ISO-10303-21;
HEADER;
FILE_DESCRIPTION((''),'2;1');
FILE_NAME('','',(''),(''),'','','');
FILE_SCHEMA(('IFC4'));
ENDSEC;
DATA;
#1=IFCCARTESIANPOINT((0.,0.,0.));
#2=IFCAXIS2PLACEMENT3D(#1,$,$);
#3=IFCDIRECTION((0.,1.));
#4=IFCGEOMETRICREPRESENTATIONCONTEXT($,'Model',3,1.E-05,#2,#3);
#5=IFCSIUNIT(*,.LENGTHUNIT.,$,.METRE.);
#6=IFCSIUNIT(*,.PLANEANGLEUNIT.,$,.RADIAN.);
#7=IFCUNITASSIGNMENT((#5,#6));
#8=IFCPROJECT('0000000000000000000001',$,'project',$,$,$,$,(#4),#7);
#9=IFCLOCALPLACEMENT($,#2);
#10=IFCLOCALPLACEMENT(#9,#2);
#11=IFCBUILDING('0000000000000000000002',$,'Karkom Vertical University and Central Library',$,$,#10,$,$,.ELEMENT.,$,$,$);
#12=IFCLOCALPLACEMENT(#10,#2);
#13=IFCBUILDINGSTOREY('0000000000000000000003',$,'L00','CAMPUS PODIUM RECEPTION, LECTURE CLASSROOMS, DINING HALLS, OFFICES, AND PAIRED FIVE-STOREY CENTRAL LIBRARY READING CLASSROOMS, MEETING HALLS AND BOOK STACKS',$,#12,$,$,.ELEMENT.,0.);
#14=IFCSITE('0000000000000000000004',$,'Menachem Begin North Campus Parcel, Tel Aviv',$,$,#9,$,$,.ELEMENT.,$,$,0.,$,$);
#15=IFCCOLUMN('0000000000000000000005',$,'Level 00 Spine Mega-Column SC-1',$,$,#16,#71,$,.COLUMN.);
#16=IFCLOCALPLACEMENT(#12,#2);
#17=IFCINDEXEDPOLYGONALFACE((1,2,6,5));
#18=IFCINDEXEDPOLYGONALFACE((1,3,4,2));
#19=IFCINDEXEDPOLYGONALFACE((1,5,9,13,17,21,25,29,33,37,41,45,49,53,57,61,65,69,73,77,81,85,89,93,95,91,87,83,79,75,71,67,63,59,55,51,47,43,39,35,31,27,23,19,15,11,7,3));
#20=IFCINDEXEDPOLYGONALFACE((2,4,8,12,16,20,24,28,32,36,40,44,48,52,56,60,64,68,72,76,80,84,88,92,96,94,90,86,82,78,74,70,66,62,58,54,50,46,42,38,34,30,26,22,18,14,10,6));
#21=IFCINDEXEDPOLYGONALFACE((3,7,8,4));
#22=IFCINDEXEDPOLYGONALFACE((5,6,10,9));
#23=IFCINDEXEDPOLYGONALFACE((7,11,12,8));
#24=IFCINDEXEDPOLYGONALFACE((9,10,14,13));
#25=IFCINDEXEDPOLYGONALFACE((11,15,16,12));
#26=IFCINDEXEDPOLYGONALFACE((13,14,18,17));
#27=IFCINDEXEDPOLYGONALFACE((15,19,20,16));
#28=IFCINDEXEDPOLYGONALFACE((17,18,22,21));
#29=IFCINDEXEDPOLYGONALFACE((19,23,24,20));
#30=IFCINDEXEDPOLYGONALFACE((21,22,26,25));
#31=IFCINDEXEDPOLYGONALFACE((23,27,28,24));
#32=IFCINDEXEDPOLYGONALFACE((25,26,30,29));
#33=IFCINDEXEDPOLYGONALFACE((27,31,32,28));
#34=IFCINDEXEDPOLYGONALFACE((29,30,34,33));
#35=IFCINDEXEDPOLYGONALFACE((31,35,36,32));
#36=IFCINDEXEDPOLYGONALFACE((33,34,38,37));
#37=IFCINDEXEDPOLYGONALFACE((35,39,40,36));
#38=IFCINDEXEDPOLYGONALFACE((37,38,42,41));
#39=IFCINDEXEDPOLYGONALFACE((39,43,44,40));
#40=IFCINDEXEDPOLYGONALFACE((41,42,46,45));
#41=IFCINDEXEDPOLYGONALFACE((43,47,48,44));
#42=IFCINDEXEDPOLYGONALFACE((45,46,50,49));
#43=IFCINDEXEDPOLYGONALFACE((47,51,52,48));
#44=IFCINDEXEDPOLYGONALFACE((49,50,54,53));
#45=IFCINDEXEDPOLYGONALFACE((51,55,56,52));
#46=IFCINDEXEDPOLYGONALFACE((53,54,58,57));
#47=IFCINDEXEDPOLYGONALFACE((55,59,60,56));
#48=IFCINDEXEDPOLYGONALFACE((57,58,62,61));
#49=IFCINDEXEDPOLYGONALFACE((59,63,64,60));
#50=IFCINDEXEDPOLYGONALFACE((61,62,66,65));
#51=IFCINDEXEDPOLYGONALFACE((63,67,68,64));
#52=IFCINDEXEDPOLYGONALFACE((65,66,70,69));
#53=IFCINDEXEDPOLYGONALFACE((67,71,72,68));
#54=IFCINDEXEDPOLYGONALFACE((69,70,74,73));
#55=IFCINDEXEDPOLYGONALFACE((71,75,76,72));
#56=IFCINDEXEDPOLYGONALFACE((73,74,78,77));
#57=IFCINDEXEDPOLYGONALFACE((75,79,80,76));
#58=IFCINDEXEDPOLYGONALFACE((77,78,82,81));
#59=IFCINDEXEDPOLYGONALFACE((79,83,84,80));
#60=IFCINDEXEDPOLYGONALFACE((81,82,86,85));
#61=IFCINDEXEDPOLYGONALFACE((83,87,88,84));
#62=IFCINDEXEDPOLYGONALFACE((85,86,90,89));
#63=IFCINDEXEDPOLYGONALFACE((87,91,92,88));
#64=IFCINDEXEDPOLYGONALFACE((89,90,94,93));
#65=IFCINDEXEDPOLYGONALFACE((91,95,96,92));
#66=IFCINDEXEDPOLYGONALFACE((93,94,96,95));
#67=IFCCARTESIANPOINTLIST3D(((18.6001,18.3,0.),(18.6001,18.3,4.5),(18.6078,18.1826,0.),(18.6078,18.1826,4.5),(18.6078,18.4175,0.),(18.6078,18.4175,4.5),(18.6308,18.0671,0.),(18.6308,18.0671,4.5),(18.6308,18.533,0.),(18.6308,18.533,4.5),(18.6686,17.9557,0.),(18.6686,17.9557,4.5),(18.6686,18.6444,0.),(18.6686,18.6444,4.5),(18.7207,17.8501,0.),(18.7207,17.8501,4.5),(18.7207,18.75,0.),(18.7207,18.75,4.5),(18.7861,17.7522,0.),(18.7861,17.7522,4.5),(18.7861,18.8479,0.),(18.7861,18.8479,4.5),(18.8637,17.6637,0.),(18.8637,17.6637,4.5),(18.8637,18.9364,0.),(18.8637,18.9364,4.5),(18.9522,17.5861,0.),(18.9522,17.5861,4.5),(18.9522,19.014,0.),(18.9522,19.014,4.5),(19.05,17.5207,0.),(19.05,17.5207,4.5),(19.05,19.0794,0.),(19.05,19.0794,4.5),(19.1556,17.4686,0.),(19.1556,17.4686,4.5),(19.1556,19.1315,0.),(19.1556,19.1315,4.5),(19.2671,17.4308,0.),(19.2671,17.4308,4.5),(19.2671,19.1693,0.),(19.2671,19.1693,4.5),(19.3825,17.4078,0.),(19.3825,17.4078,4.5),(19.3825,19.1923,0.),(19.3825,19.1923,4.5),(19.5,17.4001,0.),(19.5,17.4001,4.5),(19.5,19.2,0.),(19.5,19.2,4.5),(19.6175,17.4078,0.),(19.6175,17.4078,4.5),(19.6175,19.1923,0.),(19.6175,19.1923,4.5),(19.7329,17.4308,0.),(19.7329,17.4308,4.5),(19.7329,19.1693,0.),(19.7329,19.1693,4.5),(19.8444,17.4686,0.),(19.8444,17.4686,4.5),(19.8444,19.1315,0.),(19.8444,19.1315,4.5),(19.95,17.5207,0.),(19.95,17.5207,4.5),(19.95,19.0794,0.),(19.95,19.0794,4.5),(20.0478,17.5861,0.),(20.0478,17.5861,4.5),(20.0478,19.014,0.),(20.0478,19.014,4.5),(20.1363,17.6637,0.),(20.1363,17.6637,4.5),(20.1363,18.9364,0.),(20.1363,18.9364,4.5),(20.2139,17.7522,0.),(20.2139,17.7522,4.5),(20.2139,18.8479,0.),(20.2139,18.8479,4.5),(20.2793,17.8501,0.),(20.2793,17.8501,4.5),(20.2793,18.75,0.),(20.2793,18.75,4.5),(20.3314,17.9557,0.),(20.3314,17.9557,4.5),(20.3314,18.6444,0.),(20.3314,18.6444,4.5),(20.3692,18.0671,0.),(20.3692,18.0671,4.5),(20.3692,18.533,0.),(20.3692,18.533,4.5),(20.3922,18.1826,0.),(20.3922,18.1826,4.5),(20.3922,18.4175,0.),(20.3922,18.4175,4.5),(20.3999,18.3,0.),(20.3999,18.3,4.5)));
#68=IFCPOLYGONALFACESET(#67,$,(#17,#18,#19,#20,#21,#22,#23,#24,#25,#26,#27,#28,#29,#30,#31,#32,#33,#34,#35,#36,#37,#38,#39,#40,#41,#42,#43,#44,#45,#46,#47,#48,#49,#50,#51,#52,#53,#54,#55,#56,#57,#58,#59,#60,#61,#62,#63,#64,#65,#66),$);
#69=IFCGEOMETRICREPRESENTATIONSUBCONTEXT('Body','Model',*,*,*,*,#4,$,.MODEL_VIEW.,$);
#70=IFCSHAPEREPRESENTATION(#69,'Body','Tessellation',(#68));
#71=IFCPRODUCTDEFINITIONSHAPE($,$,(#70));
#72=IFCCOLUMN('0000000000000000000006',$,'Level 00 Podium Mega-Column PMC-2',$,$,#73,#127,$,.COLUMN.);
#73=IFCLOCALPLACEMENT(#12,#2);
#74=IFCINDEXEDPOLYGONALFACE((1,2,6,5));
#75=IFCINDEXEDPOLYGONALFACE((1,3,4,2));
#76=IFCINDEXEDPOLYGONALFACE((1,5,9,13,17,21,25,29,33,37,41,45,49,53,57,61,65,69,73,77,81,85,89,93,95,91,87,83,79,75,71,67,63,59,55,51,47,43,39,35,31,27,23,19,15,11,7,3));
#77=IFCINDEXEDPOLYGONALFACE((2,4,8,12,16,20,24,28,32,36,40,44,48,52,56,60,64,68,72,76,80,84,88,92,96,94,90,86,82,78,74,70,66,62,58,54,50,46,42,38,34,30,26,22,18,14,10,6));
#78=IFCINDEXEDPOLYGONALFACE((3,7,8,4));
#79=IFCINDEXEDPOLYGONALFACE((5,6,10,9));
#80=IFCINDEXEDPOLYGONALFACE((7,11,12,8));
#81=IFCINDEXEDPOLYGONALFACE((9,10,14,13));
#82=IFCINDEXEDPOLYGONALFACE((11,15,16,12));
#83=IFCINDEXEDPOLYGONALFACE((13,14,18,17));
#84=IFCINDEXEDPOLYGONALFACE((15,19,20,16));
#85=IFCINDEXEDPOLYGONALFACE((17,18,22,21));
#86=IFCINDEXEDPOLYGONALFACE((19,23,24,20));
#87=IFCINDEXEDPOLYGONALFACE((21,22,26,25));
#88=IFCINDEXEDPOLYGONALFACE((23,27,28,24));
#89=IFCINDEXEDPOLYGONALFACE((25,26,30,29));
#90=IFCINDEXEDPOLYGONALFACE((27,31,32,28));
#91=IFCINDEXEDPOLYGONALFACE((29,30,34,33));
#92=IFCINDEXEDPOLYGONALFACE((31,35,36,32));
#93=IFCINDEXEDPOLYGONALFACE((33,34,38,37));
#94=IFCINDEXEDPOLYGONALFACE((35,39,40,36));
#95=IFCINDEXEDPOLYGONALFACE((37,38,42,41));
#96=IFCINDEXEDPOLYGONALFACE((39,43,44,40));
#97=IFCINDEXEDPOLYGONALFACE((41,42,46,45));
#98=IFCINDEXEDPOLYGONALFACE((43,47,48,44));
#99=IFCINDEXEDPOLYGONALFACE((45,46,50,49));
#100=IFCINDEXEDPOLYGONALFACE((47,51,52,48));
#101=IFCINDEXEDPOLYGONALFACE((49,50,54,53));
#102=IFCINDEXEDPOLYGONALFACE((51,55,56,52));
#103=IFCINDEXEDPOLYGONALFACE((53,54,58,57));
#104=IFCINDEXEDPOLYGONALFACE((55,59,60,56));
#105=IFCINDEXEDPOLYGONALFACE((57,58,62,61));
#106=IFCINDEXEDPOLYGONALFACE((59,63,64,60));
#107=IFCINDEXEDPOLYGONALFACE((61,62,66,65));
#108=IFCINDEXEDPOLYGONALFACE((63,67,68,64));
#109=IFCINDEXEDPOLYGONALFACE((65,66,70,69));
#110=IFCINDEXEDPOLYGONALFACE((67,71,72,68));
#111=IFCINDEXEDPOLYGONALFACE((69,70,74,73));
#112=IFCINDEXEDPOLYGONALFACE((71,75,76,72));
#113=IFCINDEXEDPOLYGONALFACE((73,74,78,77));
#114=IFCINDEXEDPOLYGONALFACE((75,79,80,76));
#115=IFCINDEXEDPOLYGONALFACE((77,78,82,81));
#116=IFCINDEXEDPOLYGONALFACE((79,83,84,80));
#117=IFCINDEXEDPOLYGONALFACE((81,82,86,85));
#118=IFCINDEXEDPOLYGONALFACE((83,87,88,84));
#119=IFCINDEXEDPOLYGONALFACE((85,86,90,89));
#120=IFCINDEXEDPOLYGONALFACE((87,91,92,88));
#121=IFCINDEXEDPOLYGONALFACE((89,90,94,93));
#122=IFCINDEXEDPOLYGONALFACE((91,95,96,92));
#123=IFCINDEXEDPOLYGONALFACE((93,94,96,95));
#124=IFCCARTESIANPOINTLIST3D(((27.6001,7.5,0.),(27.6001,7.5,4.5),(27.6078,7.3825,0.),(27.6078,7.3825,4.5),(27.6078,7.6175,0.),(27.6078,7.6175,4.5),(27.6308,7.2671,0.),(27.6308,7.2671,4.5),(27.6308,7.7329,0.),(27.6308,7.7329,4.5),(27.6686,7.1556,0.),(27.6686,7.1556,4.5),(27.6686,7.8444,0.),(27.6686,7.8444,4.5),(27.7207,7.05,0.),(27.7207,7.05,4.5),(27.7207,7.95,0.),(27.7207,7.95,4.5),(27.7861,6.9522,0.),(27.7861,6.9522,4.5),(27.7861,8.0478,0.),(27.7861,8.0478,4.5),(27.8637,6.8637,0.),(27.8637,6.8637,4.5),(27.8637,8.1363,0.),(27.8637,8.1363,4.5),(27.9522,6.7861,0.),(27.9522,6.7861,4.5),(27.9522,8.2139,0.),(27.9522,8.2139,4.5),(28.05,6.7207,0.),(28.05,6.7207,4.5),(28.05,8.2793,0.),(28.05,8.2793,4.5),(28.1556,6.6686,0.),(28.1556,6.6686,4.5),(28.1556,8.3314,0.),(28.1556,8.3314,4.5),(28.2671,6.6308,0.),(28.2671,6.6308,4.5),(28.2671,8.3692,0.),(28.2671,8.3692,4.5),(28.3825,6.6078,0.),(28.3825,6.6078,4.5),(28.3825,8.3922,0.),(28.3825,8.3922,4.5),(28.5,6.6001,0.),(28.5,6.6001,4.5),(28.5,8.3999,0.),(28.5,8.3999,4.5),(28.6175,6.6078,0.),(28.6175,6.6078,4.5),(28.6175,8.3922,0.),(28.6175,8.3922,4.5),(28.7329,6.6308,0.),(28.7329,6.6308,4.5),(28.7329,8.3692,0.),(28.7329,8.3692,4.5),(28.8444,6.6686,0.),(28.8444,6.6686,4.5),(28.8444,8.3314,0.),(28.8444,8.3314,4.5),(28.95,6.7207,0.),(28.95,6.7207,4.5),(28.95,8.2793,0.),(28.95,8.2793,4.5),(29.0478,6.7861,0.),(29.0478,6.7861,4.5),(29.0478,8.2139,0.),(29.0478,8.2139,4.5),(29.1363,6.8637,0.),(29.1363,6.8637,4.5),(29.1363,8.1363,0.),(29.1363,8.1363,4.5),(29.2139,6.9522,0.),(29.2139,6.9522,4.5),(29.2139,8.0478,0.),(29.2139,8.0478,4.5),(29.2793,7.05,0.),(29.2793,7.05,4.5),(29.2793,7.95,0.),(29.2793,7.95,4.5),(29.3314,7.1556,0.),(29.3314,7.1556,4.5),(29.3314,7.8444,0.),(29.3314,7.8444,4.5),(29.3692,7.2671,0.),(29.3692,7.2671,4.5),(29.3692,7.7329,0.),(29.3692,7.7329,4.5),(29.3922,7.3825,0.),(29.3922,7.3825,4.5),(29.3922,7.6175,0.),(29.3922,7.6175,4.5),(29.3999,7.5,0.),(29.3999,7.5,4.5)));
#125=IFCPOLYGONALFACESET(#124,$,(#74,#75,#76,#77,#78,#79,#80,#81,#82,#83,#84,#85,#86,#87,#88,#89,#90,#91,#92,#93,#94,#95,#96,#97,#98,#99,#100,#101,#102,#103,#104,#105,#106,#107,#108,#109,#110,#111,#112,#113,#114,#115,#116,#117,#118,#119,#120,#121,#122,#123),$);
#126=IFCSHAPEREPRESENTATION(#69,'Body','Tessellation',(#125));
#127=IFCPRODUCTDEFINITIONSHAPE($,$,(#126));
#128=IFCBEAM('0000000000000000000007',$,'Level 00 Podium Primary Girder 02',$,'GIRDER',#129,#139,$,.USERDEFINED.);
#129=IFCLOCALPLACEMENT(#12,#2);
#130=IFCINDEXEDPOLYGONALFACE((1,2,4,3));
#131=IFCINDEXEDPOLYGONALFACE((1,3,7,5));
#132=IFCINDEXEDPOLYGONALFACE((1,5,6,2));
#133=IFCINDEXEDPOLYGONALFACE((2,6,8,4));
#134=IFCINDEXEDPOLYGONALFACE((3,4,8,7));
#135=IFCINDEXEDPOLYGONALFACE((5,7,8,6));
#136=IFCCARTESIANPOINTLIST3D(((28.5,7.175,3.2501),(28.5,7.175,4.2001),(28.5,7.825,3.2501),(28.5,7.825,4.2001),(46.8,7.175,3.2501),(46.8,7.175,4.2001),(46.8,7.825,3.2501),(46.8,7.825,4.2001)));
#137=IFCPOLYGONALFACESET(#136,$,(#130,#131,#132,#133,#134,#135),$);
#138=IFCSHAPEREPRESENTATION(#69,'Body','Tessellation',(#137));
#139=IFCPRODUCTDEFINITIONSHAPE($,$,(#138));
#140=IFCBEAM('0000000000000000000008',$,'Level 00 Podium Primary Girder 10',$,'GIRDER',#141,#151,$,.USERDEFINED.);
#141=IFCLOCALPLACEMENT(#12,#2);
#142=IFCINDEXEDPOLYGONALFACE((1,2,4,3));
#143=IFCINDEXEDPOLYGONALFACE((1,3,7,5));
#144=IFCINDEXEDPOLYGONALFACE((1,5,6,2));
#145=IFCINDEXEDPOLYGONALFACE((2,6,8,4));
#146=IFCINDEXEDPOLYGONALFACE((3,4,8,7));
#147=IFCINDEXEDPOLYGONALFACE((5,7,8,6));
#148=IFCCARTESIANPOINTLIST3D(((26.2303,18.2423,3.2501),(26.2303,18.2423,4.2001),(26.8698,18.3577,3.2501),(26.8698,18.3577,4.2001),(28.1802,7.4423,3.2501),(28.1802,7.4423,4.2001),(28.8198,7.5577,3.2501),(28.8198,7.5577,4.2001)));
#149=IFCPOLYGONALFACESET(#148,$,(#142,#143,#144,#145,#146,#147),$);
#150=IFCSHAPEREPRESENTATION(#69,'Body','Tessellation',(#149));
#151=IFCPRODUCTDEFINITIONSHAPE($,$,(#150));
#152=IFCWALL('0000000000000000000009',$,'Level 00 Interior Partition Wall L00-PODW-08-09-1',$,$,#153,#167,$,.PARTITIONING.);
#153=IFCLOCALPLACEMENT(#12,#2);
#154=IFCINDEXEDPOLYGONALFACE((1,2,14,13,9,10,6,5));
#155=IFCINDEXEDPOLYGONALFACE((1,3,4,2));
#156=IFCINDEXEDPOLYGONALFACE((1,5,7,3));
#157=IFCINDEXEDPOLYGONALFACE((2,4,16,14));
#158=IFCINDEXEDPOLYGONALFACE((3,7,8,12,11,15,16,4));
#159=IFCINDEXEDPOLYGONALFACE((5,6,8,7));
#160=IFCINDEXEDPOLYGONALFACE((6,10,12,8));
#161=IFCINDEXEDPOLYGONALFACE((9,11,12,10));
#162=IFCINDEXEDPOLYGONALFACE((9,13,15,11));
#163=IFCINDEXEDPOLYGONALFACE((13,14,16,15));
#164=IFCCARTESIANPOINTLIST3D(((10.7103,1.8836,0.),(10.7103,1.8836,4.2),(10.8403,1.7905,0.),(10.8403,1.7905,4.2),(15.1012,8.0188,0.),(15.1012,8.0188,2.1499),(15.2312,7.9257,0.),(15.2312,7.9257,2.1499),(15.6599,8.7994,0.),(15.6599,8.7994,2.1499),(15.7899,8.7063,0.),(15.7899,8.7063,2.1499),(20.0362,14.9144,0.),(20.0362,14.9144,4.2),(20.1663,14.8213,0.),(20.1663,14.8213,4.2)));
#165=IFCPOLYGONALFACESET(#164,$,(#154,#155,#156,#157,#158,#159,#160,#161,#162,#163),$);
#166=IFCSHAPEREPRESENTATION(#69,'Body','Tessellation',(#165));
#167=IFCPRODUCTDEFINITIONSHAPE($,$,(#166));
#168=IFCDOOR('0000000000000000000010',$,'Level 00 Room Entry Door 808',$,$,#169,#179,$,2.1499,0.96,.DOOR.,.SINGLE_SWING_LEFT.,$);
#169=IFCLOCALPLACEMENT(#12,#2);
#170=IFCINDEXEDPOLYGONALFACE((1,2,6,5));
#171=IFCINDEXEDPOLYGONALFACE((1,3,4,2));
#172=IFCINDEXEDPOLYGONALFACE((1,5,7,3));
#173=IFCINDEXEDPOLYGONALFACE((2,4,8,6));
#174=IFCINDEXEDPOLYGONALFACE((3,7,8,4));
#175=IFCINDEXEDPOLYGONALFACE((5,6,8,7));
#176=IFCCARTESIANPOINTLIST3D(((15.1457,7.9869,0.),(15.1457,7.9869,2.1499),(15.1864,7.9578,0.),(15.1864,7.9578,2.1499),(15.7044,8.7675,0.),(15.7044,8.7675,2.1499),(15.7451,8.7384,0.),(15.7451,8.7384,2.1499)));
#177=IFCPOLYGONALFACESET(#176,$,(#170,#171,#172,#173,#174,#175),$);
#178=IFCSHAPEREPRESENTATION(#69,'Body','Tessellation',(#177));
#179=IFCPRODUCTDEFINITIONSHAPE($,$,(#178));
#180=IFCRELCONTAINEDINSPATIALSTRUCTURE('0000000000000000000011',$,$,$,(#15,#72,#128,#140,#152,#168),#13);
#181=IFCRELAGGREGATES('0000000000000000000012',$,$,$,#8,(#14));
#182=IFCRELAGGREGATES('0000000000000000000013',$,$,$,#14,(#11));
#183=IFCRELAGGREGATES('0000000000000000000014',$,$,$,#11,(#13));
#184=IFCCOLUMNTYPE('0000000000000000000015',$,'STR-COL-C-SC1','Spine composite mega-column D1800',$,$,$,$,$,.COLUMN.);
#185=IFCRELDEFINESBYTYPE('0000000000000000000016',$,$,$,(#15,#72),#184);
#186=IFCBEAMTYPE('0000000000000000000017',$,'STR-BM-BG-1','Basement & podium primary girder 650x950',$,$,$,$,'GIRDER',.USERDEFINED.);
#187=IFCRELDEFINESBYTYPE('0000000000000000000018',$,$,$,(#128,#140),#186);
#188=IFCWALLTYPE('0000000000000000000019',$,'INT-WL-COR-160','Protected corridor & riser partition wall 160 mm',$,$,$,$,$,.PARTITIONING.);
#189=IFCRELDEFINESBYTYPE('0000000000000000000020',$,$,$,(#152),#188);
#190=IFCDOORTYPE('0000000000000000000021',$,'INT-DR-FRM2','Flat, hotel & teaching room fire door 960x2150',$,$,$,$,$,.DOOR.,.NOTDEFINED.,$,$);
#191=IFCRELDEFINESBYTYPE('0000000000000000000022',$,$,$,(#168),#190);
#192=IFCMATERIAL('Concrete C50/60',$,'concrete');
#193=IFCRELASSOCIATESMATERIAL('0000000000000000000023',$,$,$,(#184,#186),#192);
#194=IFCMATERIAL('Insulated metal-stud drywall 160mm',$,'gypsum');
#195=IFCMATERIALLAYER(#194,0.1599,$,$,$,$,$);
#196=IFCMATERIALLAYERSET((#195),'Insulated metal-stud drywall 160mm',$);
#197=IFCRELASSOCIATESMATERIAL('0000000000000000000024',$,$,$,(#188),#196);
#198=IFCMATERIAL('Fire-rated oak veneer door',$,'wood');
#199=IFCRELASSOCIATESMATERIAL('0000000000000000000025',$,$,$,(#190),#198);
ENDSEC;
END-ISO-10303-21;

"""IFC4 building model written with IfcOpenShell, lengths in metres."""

from ifc_helpers import new_model, si_unit, direction, frame, frame_2d, origin, origin_with_axes, origin_2d, place, context, subcontext, project, spatial, rectangle, circle, extrude, source, transform, mapped, material, layer, layer_set, material_profile, profile_set, type_object, element, fill, save


model = new_model("IFC4")

# Units and contexts
model_context = context("Model", 3, precision=1e-05, world=origin(), true_north=direction((0.0, 1.0)))
body_context = subcontext(model_context, "Body", "Model", "MODEL_VIEW")
ifc_project = project(units=[si_unit("LENGTHUNIT", "METRE"), si_unit("PLANEANGLEUNIT", "RADIAN")], contexts=[model_context])

# Site, building, storey
site_placement = place(None, origin())
site = spatial("IfcSite", under=ifc_project, at=site_placement, Name="Menachem Begin North Campus Parcel, Tel Aviv", CompositionType="ELEMENT", RefElevation=0.0)
building_placement = place(site_placement, origin())
building = spatial("IfcBuilding", under=site, at=building_placement, Name="Karkom Vertical University and Central Library", CompositionType="ELEMENT")
storey_placement = place(building_placement, origin())
storey = spatial("IfcBuildingStorey", under=building, at=storey_placement, Name="L00", Description="CAMPUS PODIUM RECEPTION, LECTURE CLASSROOMS, DINING HALLS, OFFICES, AND PAIRED FIVE-STOREY CENTRAL LIBRARY READING CLASSROOMS, MEETING HALLS AND BOOK STACKS", CompositionType="ELEMENT", Elevation=0.0)

# Columns
ifc_material_1 = material(Name="Concrete C50/60", Category="concrete")
ifc_material_profile_1 = material_profile(ifc_material_1, circle(Radius=0.8999, at=origin_2d()), Name="CFT-D1800")
ifc_profile_set_1 = profile_set([ifc_material_profile_1], Name="Concrete C50/60")
column_type = type_object("IfcColumnType", Name="STR-COL-C-SC1", Description="Spine composite mega-column D1800", PredefinedType="COLUMN", material=ifc_profile_set_1)
shared_shape_1 = source(origin_with_axes(), body_context, "Body", "SweptSolid", [
    extrude(circle(Radius=0.8999, at=origin_2d()), origin(), (0.0, 0.0, 1.0), 4.5),
])
for number, where, z_axis, x_axis, name in (
    (1, (19.5, 18.3, 0.0), (0.0, 0.0, 1.0), (1.0, 0.0, 0.0), "Level 00 Spine Mega-Column SC-1"),
    (2, (28.5, 7.5, 0.0), (0.0, 0.0, 1.0), (1.0, 0.0, 0.0), "Level 00 Podium Mega-Column PMC-2"),
):
    element("IfcColumn", number, at=place(storey_placement, frame(where, z_axis=z_axis, x_axis=x_axis)), inside=storey, type_object=column_type, Name=name, PredefinedType="COLUMN", context=body_context, shape_type="MappedRepresentation", body=[
        mapped(shared_shape_1, transform((0.0, 0.0, 0.0), scale=1.0)),
    ])

# Beams
ifc_material_profile_2 = material_profile(ifc_material_1, rectangle(XDim=0.6499, YDim=0.95, at=origin_2d()), Name="RCG-650x950")
ifc_profile_set_2 = profile_set([ifc_material_profile_2], Name="Concrete C50/60")
beam_type = type_object("IfcBeamType", Name="STR-BM-BG-1", Description="Basement & podium primary girder 650x950", ElementType="GIRDER", PredefinedType="USERDEFINED", material=ifc_profile_set_2)
shared_shape_2 = source(origin_with_axes(), body_context, "Body", "SweptSolid", [
    extrude(rectangle(XDim=0.6499, YDim=0.95, at=origin_2d()), origin(), (0.0, 0.0, 1.0), 18.3),
])
beam_1_placement = place(storey_placement, frame((28.5, 7.5, 3.7251), z_axis=(1.0, 0.0, 0.0), x_axis=(0.0, 1.0, 0.0)))
element("IfcBeam", 3, at=beam_1_placement, inside=storey, type_object=beam_type, Name="Level 00 Podium Primary Girder 02", ObjectType="GIRDER", PredefinedType="USERDEFINED", context=body_context, shape_type="MappedRepresentation", body=[
    mapped(shared_shape_2, transform((0.0, 0.0, 0.0), scale=1.0)),
])
shared_shape_3 = source(origin_with_axes(), body_context, "Body", "SweptSolid", [
    extrude(rectangle(XDim=0.6499, YDim=0.95, at=origin_2d()), origin(), (0.0, 0.0, 1.0), 10.9746),
])
beam_2_placement = place(storey_placement, frame((28.5, 7.5, 3.7251), z_axis=(-0.177677, 0.984089, 0.0), x_axis=(-0.984089, -0.177677, 0.0)))
element("IfcBeam", 4, at=beam_2_placement, inside=storey, type_object=beam_type, Name="Level 00 Podium Primary Girder 10", ObjectType="GIRDER", PredefinedType="USERDEFINED", context=body_context, shape_type="MappedRepresentation", body=[
    mapped(shared_shape_3, transform((0.0, 0.0, 0.0), scale=1.0)),
])

# Wall, opening, door
ifc_material_2 = material(Name="Insulated metal-stud drywall 160mm", Category="gypsum")
ifc_layer_1 = layer(ifc_material_2, 0.1599)
ifc_layer_set_1 = layer_set([ifc_layer_1], Name="Insulated metal-stud drywall 160mm")
wall_type_1 = type_object("IfcWallType", Name="INT-WL-COR-160", Description="Protected corridor & riser partition wall 160 mm", PredefinedType="PARTITIONING", material=ifc_layer_set_1)
wall_1_placement = place(storey_placement, frame((20.1013, 14.8679, 0.0), z_axis=(0.0, 0.0, 1.0), x_axis=(-0.581992, -0.813195, 0.0)))
wall_1 = element("IfcWall", 5, at=wall_1_placement, inside=storey, type_object=wall_type_1, Name="Level 00 Interior Partition Wall L00-PODW-08-09-1", PredefinedType="PARTITIONING", context=body_context, shape_type="SweptSolid", body=[
    extrude(rectangle(XDim=16.0242, YDim=0.1599, at=frame_2d((8.0122, 0.0))), origin(), (0.0, 0.0, 1.0), 4.2),
])
opening_1_placement = place(wall_1_placement, frame((7.5198, 0.0, 0.0)))
opening_1 = element("IfcOpeningElement", 6, at=opening_1_placement, cuts=wall_1, PredefinedType="OPENING", context=body_context, shape_type="SweptSolid", body=[
    extrude(rectangle(XDim=0.96, YDim=2.1499, at=frame_2d((0.48, 1.075))), frame((0.0, 0.0898, 0.0), z_axis=(0.0, -1.0, 0.0), x_axis=(1.0, 0.0, 0.0)), (0.0, 0.0, 1.0), 0.1799),
])
ifc_material_3 = material(Name="Fire-rated oak veneer door", Category="wood")
door_type_1 = type_object("IfcDoorType", Name="INT-DR-FRM2", Description="Flat, hotel & teaching room fire door 960x2150", OperationType="NOTDEFINED", PredefinedType="DOOR", material=ifc_material_3)
shared_shape_4 = source(origin_with_axes(), body_context, "Body", "SweptSolid", [
    extrude(rectangle(XDim=0.96, YDim=2.1499, at=frame_2d((0.48, 1.075))), frame((0.0, 0.0249, 0.0), z_axis=(0.0, -1.0, 0.0), x_axis=(1.0, 0.0, 0.0)), (0.0, 0.0, 1.0), 0.05),
])
door_1_placement = place(opening_1_placement, origin())
door_1 = element("IfcDoor", 7, at=door_1_placement, inside=storey, type_object=door_type_1, Name="Level 00 Room Entry Door 808", OperationType="SINGLE_SWING_LEFT", OverallHeight=2.1499, OverallWidth=0.96, PredefinedType="DOOR", context=body_context, shape_type="MappedRepresentation", body=[
    mapped(shared_shape_4, transform((0.0, 0.0, 0.0), scale=1.0)),
])
fill(opening_1, door_1)

save(model, "model.ifc")
